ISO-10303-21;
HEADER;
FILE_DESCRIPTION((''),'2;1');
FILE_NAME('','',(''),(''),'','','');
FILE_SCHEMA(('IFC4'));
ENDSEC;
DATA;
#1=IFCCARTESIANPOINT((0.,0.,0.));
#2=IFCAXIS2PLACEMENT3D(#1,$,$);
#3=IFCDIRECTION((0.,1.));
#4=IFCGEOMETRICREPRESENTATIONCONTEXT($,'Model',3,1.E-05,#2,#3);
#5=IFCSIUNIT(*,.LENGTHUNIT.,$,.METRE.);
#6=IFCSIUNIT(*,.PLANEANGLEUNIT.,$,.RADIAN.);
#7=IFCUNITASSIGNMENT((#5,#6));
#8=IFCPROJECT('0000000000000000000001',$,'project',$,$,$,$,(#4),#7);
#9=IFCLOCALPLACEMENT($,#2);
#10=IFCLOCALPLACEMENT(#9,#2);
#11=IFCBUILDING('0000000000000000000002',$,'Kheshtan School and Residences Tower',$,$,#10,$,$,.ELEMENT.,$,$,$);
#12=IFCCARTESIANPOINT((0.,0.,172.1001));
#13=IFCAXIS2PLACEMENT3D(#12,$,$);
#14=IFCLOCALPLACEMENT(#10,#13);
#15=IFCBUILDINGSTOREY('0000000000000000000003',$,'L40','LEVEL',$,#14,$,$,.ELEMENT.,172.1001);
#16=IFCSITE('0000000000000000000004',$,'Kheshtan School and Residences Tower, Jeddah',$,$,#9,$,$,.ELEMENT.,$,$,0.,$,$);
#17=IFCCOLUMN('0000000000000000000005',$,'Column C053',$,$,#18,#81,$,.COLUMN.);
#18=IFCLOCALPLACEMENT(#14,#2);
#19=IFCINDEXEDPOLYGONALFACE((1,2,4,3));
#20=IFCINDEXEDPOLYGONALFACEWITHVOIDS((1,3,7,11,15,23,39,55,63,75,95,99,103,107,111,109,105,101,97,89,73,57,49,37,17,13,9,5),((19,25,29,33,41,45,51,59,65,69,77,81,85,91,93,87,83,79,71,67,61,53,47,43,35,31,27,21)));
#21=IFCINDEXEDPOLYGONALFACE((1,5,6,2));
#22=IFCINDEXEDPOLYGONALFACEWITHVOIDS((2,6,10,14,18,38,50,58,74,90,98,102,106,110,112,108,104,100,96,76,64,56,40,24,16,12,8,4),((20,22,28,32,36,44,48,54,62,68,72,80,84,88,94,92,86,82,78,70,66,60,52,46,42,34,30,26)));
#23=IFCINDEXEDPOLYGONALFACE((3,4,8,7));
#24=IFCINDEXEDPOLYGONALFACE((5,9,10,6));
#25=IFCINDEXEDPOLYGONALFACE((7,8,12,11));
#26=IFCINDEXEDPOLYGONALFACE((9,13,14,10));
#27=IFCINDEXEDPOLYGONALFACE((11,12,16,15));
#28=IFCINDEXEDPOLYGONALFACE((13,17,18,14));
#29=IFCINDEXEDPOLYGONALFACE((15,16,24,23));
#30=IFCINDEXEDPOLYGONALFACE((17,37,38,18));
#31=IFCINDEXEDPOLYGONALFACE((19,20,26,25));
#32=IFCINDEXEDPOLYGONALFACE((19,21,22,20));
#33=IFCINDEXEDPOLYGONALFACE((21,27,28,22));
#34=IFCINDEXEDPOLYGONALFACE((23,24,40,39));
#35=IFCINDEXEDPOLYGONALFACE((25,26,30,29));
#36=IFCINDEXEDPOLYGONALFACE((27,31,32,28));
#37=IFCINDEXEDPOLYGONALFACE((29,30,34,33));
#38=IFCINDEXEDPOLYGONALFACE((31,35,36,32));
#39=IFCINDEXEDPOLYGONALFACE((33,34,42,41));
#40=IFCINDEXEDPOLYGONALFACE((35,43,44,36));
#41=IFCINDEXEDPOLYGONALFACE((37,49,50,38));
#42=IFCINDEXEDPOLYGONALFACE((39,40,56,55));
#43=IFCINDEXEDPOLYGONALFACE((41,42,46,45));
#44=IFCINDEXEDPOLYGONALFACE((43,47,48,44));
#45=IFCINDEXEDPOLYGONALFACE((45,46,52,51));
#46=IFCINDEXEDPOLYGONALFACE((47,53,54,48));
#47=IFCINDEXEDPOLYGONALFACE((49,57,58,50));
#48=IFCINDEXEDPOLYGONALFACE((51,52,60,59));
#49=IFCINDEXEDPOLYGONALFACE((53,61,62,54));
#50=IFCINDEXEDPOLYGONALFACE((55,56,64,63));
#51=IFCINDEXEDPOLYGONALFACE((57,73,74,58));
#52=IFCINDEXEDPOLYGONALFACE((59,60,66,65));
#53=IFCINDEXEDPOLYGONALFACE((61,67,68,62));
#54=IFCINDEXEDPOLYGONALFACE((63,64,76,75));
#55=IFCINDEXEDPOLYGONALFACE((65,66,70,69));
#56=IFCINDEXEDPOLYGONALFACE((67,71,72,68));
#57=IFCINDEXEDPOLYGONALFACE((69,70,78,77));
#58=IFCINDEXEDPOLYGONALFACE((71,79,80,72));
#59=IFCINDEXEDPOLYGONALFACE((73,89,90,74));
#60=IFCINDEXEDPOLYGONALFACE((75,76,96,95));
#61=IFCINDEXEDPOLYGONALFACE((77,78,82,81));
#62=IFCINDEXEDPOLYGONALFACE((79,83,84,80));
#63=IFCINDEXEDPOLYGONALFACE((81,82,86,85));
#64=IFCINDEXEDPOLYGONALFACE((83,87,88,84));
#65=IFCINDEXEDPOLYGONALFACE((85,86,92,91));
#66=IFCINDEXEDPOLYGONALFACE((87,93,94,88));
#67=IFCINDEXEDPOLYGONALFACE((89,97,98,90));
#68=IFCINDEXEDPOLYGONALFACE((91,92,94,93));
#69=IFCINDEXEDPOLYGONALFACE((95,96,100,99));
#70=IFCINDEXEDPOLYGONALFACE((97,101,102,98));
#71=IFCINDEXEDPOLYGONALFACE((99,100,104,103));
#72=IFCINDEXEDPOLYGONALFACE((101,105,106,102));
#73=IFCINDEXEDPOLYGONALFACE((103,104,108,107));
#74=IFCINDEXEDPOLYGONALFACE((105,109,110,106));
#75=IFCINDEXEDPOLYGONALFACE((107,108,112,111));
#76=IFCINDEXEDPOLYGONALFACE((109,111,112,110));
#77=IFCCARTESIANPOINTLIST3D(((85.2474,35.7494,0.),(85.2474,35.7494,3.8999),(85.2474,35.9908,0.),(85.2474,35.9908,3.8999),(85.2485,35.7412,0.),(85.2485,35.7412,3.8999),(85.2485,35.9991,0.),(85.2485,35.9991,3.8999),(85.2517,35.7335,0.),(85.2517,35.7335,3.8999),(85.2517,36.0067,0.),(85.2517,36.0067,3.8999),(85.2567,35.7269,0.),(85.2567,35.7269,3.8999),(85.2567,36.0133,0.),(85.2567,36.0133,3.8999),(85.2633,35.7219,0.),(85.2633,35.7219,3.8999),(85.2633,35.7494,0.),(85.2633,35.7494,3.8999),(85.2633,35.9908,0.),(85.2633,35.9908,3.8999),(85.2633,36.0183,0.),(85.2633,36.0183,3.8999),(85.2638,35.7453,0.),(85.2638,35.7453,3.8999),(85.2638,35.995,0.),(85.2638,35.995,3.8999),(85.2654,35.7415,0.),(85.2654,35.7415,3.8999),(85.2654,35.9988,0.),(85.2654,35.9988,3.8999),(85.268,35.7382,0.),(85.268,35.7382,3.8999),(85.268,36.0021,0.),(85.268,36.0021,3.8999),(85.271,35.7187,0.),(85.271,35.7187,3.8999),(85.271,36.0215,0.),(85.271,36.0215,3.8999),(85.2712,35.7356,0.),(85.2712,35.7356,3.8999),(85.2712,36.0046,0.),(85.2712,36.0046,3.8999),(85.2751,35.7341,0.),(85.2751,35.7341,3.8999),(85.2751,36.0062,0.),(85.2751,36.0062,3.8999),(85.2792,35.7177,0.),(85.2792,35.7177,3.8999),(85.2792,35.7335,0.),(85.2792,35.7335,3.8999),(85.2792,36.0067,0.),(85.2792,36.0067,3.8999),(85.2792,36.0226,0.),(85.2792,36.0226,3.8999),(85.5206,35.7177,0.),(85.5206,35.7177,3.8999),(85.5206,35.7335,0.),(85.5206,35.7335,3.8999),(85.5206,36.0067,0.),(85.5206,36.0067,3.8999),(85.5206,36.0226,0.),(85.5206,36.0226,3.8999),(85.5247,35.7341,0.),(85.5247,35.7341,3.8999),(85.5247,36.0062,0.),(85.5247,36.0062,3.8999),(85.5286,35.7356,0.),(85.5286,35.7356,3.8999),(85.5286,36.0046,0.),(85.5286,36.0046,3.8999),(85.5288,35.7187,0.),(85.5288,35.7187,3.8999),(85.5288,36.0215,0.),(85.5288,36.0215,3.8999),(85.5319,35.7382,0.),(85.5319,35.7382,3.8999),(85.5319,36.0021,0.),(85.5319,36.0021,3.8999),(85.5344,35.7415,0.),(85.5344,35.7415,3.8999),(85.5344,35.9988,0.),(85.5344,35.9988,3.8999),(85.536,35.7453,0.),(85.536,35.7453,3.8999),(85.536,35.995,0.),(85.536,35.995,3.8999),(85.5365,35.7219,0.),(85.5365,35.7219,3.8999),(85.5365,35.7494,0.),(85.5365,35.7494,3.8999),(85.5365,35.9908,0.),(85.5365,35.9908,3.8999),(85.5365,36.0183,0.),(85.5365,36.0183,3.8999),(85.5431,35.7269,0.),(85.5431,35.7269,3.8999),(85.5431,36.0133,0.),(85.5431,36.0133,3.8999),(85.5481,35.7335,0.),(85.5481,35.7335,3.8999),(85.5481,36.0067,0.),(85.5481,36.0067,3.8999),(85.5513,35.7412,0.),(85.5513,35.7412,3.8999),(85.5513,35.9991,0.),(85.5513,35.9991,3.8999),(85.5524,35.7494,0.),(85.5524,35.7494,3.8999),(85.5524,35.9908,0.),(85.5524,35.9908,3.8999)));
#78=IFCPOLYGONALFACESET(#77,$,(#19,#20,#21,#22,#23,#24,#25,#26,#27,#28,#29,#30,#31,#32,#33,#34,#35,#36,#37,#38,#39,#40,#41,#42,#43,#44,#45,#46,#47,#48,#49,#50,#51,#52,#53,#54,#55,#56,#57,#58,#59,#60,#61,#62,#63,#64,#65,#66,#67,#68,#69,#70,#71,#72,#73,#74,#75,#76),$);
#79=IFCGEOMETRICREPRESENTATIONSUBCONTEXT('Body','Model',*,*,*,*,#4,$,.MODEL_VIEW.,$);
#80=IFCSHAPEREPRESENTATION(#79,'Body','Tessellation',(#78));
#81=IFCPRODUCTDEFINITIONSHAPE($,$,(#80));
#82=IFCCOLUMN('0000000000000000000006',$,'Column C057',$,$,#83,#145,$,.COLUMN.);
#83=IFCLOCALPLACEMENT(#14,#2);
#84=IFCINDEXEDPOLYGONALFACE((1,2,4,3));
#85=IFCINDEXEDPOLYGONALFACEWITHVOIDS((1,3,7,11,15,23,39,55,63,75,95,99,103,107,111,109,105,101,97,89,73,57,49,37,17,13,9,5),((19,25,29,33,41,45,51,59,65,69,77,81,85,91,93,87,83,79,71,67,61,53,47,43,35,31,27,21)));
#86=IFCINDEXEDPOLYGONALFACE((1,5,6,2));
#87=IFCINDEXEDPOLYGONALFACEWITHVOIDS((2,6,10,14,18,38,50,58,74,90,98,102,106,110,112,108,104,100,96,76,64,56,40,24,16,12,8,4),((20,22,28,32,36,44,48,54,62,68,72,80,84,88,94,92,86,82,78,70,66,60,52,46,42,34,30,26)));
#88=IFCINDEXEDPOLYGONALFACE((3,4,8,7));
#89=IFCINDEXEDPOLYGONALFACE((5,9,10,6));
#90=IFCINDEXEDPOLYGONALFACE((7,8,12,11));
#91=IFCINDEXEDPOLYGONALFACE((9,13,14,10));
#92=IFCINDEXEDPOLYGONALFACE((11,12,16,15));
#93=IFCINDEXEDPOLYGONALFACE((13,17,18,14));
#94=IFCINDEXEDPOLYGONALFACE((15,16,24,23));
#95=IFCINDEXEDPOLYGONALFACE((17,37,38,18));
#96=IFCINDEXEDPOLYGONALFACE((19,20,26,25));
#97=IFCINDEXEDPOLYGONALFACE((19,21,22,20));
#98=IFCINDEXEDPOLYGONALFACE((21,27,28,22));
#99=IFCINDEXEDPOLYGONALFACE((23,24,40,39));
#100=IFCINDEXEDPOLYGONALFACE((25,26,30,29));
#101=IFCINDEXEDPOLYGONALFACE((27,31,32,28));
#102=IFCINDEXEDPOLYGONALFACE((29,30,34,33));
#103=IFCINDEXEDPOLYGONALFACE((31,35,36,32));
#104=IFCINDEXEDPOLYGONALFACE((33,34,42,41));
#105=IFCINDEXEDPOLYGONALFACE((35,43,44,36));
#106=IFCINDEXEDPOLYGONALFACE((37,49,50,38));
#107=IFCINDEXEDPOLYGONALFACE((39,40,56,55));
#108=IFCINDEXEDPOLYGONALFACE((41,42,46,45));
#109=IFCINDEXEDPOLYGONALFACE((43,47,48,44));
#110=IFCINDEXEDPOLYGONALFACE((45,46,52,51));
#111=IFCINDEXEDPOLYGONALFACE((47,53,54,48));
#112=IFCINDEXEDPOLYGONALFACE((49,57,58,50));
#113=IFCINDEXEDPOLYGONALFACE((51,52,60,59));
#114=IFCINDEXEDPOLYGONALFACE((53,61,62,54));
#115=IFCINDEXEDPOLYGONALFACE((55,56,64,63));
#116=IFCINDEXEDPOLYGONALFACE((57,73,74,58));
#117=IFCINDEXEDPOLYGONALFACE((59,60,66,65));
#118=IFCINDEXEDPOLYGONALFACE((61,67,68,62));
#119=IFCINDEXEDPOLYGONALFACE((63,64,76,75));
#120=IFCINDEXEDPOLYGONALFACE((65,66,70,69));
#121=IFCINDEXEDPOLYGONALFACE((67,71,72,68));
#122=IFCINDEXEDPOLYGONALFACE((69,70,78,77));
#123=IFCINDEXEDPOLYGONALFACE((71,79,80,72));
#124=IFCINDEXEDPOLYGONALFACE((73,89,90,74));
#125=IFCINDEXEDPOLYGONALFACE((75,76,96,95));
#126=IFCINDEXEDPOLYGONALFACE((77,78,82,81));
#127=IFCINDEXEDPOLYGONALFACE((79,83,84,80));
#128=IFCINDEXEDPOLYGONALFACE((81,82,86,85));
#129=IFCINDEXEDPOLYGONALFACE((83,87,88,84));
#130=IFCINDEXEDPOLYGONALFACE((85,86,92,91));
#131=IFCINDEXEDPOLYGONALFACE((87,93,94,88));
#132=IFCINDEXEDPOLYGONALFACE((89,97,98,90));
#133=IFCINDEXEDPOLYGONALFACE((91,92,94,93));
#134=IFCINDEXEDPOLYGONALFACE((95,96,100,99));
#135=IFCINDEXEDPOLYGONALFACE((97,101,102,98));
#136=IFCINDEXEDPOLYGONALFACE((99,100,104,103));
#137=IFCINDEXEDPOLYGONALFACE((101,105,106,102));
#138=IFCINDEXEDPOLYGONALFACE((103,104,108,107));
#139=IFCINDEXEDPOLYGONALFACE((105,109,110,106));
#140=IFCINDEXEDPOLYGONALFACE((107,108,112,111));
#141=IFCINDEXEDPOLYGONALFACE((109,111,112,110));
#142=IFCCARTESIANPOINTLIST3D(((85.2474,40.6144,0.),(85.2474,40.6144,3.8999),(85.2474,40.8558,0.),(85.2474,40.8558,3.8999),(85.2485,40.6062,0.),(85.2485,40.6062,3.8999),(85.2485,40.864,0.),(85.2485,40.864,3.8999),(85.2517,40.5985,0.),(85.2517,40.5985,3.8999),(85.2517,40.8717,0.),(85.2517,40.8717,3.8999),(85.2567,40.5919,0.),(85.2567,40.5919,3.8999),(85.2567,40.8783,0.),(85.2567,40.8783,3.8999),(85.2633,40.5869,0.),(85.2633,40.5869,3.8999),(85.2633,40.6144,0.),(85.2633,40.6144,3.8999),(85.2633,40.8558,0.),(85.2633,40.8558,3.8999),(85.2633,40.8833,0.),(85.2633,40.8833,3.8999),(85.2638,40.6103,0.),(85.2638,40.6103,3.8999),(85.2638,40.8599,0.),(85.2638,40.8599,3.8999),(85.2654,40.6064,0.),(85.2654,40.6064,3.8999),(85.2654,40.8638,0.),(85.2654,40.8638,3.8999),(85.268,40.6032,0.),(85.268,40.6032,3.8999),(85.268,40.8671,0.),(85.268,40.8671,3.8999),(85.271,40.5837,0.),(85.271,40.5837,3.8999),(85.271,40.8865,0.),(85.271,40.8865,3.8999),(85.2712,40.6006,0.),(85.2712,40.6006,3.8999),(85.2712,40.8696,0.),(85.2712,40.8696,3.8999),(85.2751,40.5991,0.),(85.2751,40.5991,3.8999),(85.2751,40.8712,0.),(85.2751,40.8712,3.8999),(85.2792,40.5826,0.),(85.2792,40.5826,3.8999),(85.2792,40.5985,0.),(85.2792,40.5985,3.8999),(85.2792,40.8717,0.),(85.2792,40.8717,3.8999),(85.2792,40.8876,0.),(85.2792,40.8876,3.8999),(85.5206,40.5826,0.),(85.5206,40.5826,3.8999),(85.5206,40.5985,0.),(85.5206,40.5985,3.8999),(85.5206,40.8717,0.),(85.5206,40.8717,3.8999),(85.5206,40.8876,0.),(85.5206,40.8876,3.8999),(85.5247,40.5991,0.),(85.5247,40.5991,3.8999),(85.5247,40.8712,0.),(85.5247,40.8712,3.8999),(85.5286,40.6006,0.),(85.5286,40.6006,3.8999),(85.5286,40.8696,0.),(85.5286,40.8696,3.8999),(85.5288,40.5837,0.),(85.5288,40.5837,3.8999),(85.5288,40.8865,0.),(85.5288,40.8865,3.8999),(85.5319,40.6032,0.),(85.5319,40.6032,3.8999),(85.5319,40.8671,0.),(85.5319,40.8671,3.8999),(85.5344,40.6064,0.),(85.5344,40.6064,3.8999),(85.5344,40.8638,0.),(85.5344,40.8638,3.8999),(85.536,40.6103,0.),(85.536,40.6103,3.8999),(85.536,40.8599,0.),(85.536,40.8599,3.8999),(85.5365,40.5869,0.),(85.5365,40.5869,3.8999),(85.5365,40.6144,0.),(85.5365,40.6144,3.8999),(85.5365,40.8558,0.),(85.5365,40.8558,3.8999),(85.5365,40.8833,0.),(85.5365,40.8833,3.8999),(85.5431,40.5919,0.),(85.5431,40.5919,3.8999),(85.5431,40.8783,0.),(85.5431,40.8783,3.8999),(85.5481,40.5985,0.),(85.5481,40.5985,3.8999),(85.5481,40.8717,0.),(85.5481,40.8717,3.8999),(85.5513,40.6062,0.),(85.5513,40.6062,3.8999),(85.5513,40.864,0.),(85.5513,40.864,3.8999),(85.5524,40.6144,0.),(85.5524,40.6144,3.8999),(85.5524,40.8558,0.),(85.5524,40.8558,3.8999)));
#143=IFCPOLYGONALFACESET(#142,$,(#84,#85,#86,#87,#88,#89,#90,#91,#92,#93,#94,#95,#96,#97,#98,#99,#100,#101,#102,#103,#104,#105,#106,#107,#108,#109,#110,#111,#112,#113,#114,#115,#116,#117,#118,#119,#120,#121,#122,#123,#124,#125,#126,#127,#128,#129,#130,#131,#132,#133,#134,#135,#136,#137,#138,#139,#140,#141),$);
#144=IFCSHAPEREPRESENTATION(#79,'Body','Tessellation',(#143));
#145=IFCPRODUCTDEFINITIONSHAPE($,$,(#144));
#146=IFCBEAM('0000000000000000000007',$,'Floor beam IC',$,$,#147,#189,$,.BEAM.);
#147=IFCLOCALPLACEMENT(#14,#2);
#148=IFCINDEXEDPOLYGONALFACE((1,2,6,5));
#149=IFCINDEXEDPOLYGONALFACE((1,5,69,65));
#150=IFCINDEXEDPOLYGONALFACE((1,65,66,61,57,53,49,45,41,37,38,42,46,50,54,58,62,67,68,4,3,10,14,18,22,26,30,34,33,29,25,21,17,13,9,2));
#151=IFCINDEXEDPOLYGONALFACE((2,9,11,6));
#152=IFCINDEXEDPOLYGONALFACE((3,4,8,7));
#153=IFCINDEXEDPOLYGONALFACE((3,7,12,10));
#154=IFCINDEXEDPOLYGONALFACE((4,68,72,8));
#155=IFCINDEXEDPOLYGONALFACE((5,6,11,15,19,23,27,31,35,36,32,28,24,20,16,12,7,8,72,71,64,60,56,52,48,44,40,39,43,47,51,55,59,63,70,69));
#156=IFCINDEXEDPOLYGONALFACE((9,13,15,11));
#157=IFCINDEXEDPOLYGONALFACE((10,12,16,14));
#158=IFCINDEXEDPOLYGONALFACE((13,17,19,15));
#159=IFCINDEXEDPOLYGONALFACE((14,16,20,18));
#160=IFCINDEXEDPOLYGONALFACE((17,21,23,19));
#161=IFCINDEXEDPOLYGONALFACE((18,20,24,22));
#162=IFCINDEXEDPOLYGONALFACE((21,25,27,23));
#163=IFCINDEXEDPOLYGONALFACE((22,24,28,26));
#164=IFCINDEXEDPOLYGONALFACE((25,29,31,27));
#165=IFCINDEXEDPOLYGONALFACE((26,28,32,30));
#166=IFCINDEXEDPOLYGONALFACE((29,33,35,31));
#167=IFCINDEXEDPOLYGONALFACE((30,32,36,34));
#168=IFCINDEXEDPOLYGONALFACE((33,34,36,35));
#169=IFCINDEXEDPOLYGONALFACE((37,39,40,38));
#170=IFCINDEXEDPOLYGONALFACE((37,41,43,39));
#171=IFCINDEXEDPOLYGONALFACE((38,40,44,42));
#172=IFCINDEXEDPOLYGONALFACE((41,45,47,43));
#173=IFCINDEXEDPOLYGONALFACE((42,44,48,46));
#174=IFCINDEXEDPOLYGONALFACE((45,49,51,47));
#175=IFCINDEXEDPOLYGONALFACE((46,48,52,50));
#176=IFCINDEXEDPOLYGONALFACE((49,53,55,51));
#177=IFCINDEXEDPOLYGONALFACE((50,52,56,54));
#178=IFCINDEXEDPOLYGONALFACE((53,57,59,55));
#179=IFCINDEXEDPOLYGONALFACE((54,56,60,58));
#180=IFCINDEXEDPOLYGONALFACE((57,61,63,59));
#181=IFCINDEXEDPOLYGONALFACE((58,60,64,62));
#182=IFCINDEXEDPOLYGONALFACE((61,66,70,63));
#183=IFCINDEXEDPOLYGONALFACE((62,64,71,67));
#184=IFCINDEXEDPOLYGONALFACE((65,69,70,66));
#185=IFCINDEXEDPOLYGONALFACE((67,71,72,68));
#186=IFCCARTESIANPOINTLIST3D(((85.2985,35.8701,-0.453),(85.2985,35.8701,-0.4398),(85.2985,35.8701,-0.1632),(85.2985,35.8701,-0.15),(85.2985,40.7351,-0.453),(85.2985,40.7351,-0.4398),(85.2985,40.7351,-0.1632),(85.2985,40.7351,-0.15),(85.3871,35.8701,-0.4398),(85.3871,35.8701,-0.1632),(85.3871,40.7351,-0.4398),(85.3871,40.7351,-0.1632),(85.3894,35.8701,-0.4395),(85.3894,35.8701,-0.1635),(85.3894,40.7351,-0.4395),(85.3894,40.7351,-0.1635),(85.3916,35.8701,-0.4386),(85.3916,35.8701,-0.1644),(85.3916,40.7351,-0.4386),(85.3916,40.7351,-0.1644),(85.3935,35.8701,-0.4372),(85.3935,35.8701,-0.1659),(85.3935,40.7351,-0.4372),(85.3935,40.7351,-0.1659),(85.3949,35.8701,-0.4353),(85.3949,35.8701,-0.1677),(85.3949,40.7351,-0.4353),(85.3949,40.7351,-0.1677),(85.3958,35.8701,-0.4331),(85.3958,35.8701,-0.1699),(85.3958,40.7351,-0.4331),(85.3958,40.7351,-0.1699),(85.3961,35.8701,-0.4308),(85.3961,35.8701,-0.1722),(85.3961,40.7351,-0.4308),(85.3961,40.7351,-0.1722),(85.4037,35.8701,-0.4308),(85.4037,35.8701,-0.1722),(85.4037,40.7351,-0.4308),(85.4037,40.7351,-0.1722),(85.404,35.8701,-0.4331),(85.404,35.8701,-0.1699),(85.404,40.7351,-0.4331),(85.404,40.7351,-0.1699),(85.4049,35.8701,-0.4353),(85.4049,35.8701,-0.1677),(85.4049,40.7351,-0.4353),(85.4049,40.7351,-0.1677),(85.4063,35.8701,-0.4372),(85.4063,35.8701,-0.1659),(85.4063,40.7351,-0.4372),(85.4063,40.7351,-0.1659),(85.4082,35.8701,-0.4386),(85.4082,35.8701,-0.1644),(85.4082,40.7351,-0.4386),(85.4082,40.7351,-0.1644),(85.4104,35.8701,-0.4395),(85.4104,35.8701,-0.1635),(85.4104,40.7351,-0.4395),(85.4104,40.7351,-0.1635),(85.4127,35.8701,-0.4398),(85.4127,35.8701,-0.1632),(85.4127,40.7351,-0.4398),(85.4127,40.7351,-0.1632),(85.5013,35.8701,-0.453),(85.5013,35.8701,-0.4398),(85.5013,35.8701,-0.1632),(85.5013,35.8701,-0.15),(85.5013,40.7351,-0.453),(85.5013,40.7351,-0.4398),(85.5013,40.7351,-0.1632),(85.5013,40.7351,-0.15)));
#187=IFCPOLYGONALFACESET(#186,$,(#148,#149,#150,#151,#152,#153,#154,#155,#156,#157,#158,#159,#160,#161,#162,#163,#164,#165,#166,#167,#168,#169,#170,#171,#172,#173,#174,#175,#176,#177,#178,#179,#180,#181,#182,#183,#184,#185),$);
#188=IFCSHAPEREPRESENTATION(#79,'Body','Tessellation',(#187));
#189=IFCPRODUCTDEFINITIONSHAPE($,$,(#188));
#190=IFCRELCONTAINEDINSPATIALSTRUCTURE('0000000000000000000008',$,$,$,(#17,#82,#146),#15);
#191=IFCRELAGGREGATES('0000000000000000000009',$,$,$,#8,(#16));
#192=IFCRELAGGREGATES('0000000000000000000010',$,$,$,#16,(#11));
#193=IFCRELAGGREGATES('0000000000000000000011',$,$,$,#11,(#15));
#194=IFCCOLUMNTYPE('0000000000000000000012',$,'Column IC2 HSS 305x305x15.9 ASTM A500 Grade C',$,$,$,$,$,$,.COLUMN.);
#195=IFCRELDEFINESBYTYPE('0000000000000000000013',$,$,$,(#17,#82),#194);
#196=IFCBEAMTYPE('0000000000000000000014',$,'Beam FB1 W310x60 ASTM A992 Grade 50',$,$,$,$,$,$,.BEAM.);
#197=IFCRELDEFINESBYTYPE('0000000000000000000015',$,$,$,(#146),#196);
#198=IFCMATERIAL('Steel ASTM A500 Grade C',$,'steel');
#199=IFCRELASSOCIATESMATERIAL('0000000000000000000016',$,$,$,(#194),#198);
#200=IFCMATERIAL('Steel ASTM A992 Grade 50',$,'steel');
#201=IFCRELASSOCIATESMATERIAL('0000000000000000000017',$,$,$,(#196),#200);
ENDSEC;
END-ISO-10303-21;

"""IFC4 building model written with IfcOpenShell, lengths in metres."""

from ifc_helpers import new_model, si_unit, direction, frame, origin, origin_2d, place, context, subcontext, project, spatial, hollow_rectangle, i_section, extrude, material, material_profile, profile_set, type_object, element, save


model = new_model("IFC4")

# Units and contexts
model_context = context("Model", 3, precision=1e-05, world=origin(), true_north=direction((0.0, 1.0)))
body_context = subcontext(model_context, "Body", "Model", "MODEL_VIEW")
ifc_project = project(units=[si_unit("LENGTHUNIT", "METRE"), si_unit("PLANEANGLEUNIT", "RADIAN")], contexts=[model_context])

# Site, building, storey
site_placement = place(None, origin())
site = spatial("IfcSite", under=ifc_project, at=site_placement, Name="Kheshtan School and Residences Tower, Jeddah", CompositionType="ELEMENT", RefElevation=0.0)
building_placement = place(site_placement, origin())
building = spatial("IfcBuilding", under=site, at=building_placement, Name="Kheshtan School and Residences Tower", CompositionType="ELEMENT")
storey_placement = place(building_placement, frame((0.0, 0.0, 172.1001)))
storey = spatial("IfcBuildingStorey", under=building, at=storey_placement, Name="L40", Description="LEVEL", CompositionType="ELEMENT", Elevation=172.1001)

# Columns
ifc_material_1 = material(Name="Steel ASTM A500 Grade C", Category="steel")
ifc_material_profile_1 = material_profile(ifc_material_1, hollow_rectangle(XDim=0.3049, YDim=0.3049, WallThickness=0.0159, InnerFilletRadius=0.0159, OuterFilletRadius=0.0317, at=origin_2d()), Name="HSS 305x305x15.9")
ifc_profile_set_1 = profile_set([ifc_material_profile_1], Name="Steel ASTM A500 Grade C")
column_type = type_object("IfcColumnType", Name="Column IC2 HSS 305x305x15.9 ASTM A500 Grade C", PredefinedType="COLUMN", material=ifc_profile_set_1)
for number, where, z_axis, x_axis, name in (
    (1, (85.3999, 35.8701, 0.0), (0.0, 0.0, 1.0), (1.0, 0.0, 0.0), "Column C053"),
    (2, (85.3999, 40.7351, 0.0), (0.0, 0.0, 1.0), (1.0, 0.0, 0.0), "Column C057"),
):
    element("IfcColumn", number, at=place(storey_placement, frame(where, z_axis=z_axis, x_axis=x_axis)), inside=storey, type_object=column_type, Name=name, PredefinedType="COLUMN", context=body_context, shape_type="SweptSolid", body=[
        extrude(hollow_rectangle(XDim=0.3049, YDim=0.3049, WallThickness=0.0159, InnerFilletRadius=0.0159, OuterFilletRadius=0.0317, at=origin_2d()), origin(), (0.0, 0.0, 1.0), 3.8999),
    ])

# Beam
ifc_material_2 = material(Name="Steel ASTM A992 Grade 50", Category="steel")
ifc_material_profile_2 = material_profile(ifc_material_2, i_section(OverallWidth=0.2029, OverallDepth=0.303, WebThickness=0.0076, FlangeThickness=0.0132, FilletRadius=0.009, at=origin_2d()), Name="W310x60")
ifc_profile_set_2 = profile_set([ifc_material_profile_2], Name="Steel ASTM A992 Grade 50")
beam_type = type_object("IfcBeamType", Name="Beam FB1 W310x60 ASTM A992 Grade 50", PredefinedType="BEAM", material=ifc_profile_set_2)
beam_placement = place(storey_placement, frame((85.3999, 40.7351, -0.3015), z_axis=(0.0, -1.0, 0.0), x_axis=(1.0, 0.0, 0.0)))
element("IfcBeam", 3, at=beam_placement, inside=storey, type_object=beam_type, Name="Floor beam IC", PredefinedType="BEAM", context=body_context, shape_type="SweptSolid", body=[
    extrude(i_section(OverallWidth=0.2029, OverallDepth=0.303, WebThickness=0.0076, FlangeThickness=0.0132, FilletRadius=0.009, at=origin_2d()), origin(), (0.0, 0.0, 1.0), 4.865),
])

save(model, "model.ifc")
